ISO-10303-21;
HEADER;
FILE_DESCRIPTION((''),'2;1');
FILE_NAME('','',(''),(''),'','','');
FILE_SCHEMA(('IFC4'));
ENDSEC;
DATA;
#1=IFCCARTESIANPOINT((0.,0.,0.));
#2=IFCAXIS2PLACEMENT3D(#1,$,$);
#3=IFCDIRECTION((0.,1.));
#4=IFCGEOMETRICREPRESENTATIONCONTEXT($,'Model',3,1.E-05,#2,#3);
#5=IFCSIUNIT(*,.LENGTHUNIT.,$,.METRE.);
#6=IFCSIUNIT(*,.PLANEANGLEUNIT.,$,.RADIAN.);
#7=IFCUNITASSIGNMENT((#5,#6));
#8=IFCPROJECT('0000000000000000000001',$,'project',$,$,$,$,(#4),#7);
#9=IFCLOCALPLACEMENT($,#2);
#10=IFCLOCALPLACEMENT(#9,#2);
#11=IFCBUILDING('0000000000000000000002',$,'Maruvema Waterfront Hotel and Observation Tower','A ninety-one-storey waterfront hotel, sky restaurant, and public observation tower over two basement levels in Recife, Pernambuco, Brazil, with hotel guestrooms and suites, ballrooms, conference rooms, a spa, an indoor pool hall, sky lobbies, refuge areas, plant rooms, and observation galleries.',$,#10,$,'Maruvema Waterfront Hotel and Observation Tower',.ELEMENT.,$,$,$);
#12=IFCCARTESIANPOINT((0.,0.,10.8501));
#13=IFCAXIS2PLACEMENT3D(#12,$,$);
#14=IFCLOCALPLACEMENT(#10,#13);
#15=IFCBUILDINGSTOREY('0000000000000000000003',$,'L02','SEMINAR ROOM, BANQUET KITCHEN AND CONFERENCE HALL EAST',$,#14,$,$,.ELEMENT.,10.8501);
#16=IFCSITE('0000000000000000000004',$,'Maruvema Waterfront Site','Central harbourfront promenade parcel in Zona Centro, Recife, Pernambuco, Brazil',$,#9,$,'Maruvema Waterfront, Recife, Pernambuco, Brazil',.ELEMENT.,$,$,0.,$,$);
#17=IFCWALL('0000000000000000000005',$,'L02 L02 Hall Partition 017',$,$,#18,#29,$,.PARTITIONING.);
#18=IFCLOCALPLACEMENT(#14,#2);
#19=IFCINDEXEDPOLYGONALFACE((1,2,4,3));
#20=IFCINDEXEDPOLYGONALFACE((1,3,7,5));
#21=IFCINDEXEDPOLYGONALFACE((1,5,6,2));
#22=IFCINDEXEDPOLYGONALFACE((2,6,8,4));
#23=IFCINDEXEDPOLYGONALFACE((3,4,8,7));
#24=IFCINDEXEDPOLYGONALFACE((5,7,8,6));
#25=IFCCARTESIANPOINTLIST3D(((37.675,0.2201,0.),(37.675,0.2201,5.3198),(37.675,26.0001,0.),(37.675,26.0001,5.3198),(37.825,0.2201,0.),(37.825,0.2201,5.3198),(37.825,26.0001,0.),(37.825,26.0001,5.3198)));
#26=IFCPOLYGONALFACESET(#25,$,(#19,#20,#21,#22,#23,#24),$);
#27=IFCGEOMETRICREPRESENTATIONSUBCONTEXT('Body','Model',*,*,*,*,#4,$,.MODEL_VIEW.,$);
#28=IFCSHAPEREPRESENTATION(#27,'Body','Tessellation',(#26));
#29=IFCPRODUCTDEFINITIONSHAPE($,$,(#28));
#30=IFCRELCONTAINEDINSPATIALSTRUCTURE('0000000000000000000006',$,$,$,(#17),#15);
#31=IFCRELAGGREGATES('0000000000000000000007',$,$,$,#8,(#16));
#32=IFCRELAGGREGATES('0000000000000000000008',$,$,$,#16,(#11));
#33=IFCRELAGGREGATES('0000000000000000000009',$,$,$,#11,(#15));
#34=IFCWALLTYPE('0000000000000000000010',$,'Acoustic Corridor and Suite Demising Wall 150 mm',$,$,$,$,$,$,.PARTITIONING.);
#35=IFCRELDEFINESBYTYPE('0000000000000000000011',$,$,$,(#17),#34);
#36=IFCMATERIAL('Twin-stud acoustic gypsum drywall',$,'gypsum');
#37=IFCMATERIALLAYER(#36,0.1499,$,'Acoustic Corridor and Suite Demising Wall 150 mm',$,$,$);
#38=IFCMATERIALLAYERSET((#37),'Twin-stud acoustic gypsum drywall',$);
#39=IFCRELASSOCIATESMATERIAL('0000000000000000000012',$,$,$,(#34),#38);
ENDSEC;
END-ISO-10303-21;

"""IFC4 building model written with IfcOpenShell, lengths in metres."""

from ifc_helpers import new_model, si_unit, direction, frame, frame_2d, origin, place, context, subcontext, project, spatial, rectangle, extrude, material, layer, layer_set, type_object, element, save


model = new_model("IFC4")

# Units and contexts
model_context = context("Model", 3, precision=1e-05, world=origin(), true_north=direction((0.0, 1.0)))
body_context = subcontext(model_context, "Body", "Model", "MODEL_VIEW")
ifc_project = project(units=[si_unit("LENGTHUNIT", "METRE"), si_unit("PLANEANGLEUNIT", "RADIAN")], contexts=[model_context])

# Site, building, storey
site_placement = place(None, origin())
site = spatial("IfcSite", under=ifc_project, at=site_placement, Name="Maruvema Waterfront Site", Description="Central harbourfront promenade parcel in Zona Centro, Recife, Pernambuco, Brazil", LongName="Maruvema Waterfront, Recife, Pernambuco, Brazil", CompositionType="ELEMENT", RefElevation=0.0)
building_placement = place(site_placement, origin())
building = spatial("IfcBuilding", under=site, at=building_placement, Name="Maruvema Waterfront Hotel and Observation Tower", Description="A ninety-one-storey waterfront hotel, sky restaurant, and public observation tower over two basement levels in Recife, Pernambuco, Brazil, with hotel guestrooms and suites, ballrooms, conference rooms, a spa, an indoor pool hall, sky lobbies, refuge areas, plant rooms, and observation galleries.", LongName="Maruvema Waterfront Hotel and Observation Tower", CompositionType="ELEMENT")
storey_placement = place(building_placement, frame((0.0, 0.0, 10.8501)))
storey = spatial("IfcBuildingStorey", under=building, at=storey_placement, Name="L02", Description="SEMINAR ROOM, BANQUET KITCHEN AND CONFERENCE HALL EAST", CompositionType="ELEMENT", Elevation=10.8501)

# Wall
ifc_material_1 = material(Name="Twin-stud acoustic gypsum drywall", Category="gypsum")
ifc_layer_1 = layer(ifc_material_1, 0.1499, Name="Acoustic Corridor and Suite Demising Wall 150 mm")
ifc_layer_set_1 = layer_set([ifc_layer_1], Name="Twin-stud acoustic gypsum drywall")
wall_type = type_object("IfcWallType", Name="Acoustic Corridor and Suite Demising Wall 150 mm", PredefinedType="PARTITIONING", material=ifc_layer_set_1)
wall_placement = place(storey_placement, frame((37.75, 0.22, 0.0), z_axis=(0.0, 0.0, 1.0), x_axis=(0.0, 1.0, 0.0)))
element("IfcWall", 1, at=wall_placement, inside=storey, type_object=wall_type, Name="L02 L02 Hall Partition 017", PredefinedType="PARTITIONING", context=body_context, shape_type="SweptSolid", body=[
    extrude(rectangle(XDim=25.78, YDim=0.1499, at=frame_2d((12.8901, 0.0))), origin(), (0.0, 0.0, 1.0), 5.3198),
])

save(model, "model.ifc")
